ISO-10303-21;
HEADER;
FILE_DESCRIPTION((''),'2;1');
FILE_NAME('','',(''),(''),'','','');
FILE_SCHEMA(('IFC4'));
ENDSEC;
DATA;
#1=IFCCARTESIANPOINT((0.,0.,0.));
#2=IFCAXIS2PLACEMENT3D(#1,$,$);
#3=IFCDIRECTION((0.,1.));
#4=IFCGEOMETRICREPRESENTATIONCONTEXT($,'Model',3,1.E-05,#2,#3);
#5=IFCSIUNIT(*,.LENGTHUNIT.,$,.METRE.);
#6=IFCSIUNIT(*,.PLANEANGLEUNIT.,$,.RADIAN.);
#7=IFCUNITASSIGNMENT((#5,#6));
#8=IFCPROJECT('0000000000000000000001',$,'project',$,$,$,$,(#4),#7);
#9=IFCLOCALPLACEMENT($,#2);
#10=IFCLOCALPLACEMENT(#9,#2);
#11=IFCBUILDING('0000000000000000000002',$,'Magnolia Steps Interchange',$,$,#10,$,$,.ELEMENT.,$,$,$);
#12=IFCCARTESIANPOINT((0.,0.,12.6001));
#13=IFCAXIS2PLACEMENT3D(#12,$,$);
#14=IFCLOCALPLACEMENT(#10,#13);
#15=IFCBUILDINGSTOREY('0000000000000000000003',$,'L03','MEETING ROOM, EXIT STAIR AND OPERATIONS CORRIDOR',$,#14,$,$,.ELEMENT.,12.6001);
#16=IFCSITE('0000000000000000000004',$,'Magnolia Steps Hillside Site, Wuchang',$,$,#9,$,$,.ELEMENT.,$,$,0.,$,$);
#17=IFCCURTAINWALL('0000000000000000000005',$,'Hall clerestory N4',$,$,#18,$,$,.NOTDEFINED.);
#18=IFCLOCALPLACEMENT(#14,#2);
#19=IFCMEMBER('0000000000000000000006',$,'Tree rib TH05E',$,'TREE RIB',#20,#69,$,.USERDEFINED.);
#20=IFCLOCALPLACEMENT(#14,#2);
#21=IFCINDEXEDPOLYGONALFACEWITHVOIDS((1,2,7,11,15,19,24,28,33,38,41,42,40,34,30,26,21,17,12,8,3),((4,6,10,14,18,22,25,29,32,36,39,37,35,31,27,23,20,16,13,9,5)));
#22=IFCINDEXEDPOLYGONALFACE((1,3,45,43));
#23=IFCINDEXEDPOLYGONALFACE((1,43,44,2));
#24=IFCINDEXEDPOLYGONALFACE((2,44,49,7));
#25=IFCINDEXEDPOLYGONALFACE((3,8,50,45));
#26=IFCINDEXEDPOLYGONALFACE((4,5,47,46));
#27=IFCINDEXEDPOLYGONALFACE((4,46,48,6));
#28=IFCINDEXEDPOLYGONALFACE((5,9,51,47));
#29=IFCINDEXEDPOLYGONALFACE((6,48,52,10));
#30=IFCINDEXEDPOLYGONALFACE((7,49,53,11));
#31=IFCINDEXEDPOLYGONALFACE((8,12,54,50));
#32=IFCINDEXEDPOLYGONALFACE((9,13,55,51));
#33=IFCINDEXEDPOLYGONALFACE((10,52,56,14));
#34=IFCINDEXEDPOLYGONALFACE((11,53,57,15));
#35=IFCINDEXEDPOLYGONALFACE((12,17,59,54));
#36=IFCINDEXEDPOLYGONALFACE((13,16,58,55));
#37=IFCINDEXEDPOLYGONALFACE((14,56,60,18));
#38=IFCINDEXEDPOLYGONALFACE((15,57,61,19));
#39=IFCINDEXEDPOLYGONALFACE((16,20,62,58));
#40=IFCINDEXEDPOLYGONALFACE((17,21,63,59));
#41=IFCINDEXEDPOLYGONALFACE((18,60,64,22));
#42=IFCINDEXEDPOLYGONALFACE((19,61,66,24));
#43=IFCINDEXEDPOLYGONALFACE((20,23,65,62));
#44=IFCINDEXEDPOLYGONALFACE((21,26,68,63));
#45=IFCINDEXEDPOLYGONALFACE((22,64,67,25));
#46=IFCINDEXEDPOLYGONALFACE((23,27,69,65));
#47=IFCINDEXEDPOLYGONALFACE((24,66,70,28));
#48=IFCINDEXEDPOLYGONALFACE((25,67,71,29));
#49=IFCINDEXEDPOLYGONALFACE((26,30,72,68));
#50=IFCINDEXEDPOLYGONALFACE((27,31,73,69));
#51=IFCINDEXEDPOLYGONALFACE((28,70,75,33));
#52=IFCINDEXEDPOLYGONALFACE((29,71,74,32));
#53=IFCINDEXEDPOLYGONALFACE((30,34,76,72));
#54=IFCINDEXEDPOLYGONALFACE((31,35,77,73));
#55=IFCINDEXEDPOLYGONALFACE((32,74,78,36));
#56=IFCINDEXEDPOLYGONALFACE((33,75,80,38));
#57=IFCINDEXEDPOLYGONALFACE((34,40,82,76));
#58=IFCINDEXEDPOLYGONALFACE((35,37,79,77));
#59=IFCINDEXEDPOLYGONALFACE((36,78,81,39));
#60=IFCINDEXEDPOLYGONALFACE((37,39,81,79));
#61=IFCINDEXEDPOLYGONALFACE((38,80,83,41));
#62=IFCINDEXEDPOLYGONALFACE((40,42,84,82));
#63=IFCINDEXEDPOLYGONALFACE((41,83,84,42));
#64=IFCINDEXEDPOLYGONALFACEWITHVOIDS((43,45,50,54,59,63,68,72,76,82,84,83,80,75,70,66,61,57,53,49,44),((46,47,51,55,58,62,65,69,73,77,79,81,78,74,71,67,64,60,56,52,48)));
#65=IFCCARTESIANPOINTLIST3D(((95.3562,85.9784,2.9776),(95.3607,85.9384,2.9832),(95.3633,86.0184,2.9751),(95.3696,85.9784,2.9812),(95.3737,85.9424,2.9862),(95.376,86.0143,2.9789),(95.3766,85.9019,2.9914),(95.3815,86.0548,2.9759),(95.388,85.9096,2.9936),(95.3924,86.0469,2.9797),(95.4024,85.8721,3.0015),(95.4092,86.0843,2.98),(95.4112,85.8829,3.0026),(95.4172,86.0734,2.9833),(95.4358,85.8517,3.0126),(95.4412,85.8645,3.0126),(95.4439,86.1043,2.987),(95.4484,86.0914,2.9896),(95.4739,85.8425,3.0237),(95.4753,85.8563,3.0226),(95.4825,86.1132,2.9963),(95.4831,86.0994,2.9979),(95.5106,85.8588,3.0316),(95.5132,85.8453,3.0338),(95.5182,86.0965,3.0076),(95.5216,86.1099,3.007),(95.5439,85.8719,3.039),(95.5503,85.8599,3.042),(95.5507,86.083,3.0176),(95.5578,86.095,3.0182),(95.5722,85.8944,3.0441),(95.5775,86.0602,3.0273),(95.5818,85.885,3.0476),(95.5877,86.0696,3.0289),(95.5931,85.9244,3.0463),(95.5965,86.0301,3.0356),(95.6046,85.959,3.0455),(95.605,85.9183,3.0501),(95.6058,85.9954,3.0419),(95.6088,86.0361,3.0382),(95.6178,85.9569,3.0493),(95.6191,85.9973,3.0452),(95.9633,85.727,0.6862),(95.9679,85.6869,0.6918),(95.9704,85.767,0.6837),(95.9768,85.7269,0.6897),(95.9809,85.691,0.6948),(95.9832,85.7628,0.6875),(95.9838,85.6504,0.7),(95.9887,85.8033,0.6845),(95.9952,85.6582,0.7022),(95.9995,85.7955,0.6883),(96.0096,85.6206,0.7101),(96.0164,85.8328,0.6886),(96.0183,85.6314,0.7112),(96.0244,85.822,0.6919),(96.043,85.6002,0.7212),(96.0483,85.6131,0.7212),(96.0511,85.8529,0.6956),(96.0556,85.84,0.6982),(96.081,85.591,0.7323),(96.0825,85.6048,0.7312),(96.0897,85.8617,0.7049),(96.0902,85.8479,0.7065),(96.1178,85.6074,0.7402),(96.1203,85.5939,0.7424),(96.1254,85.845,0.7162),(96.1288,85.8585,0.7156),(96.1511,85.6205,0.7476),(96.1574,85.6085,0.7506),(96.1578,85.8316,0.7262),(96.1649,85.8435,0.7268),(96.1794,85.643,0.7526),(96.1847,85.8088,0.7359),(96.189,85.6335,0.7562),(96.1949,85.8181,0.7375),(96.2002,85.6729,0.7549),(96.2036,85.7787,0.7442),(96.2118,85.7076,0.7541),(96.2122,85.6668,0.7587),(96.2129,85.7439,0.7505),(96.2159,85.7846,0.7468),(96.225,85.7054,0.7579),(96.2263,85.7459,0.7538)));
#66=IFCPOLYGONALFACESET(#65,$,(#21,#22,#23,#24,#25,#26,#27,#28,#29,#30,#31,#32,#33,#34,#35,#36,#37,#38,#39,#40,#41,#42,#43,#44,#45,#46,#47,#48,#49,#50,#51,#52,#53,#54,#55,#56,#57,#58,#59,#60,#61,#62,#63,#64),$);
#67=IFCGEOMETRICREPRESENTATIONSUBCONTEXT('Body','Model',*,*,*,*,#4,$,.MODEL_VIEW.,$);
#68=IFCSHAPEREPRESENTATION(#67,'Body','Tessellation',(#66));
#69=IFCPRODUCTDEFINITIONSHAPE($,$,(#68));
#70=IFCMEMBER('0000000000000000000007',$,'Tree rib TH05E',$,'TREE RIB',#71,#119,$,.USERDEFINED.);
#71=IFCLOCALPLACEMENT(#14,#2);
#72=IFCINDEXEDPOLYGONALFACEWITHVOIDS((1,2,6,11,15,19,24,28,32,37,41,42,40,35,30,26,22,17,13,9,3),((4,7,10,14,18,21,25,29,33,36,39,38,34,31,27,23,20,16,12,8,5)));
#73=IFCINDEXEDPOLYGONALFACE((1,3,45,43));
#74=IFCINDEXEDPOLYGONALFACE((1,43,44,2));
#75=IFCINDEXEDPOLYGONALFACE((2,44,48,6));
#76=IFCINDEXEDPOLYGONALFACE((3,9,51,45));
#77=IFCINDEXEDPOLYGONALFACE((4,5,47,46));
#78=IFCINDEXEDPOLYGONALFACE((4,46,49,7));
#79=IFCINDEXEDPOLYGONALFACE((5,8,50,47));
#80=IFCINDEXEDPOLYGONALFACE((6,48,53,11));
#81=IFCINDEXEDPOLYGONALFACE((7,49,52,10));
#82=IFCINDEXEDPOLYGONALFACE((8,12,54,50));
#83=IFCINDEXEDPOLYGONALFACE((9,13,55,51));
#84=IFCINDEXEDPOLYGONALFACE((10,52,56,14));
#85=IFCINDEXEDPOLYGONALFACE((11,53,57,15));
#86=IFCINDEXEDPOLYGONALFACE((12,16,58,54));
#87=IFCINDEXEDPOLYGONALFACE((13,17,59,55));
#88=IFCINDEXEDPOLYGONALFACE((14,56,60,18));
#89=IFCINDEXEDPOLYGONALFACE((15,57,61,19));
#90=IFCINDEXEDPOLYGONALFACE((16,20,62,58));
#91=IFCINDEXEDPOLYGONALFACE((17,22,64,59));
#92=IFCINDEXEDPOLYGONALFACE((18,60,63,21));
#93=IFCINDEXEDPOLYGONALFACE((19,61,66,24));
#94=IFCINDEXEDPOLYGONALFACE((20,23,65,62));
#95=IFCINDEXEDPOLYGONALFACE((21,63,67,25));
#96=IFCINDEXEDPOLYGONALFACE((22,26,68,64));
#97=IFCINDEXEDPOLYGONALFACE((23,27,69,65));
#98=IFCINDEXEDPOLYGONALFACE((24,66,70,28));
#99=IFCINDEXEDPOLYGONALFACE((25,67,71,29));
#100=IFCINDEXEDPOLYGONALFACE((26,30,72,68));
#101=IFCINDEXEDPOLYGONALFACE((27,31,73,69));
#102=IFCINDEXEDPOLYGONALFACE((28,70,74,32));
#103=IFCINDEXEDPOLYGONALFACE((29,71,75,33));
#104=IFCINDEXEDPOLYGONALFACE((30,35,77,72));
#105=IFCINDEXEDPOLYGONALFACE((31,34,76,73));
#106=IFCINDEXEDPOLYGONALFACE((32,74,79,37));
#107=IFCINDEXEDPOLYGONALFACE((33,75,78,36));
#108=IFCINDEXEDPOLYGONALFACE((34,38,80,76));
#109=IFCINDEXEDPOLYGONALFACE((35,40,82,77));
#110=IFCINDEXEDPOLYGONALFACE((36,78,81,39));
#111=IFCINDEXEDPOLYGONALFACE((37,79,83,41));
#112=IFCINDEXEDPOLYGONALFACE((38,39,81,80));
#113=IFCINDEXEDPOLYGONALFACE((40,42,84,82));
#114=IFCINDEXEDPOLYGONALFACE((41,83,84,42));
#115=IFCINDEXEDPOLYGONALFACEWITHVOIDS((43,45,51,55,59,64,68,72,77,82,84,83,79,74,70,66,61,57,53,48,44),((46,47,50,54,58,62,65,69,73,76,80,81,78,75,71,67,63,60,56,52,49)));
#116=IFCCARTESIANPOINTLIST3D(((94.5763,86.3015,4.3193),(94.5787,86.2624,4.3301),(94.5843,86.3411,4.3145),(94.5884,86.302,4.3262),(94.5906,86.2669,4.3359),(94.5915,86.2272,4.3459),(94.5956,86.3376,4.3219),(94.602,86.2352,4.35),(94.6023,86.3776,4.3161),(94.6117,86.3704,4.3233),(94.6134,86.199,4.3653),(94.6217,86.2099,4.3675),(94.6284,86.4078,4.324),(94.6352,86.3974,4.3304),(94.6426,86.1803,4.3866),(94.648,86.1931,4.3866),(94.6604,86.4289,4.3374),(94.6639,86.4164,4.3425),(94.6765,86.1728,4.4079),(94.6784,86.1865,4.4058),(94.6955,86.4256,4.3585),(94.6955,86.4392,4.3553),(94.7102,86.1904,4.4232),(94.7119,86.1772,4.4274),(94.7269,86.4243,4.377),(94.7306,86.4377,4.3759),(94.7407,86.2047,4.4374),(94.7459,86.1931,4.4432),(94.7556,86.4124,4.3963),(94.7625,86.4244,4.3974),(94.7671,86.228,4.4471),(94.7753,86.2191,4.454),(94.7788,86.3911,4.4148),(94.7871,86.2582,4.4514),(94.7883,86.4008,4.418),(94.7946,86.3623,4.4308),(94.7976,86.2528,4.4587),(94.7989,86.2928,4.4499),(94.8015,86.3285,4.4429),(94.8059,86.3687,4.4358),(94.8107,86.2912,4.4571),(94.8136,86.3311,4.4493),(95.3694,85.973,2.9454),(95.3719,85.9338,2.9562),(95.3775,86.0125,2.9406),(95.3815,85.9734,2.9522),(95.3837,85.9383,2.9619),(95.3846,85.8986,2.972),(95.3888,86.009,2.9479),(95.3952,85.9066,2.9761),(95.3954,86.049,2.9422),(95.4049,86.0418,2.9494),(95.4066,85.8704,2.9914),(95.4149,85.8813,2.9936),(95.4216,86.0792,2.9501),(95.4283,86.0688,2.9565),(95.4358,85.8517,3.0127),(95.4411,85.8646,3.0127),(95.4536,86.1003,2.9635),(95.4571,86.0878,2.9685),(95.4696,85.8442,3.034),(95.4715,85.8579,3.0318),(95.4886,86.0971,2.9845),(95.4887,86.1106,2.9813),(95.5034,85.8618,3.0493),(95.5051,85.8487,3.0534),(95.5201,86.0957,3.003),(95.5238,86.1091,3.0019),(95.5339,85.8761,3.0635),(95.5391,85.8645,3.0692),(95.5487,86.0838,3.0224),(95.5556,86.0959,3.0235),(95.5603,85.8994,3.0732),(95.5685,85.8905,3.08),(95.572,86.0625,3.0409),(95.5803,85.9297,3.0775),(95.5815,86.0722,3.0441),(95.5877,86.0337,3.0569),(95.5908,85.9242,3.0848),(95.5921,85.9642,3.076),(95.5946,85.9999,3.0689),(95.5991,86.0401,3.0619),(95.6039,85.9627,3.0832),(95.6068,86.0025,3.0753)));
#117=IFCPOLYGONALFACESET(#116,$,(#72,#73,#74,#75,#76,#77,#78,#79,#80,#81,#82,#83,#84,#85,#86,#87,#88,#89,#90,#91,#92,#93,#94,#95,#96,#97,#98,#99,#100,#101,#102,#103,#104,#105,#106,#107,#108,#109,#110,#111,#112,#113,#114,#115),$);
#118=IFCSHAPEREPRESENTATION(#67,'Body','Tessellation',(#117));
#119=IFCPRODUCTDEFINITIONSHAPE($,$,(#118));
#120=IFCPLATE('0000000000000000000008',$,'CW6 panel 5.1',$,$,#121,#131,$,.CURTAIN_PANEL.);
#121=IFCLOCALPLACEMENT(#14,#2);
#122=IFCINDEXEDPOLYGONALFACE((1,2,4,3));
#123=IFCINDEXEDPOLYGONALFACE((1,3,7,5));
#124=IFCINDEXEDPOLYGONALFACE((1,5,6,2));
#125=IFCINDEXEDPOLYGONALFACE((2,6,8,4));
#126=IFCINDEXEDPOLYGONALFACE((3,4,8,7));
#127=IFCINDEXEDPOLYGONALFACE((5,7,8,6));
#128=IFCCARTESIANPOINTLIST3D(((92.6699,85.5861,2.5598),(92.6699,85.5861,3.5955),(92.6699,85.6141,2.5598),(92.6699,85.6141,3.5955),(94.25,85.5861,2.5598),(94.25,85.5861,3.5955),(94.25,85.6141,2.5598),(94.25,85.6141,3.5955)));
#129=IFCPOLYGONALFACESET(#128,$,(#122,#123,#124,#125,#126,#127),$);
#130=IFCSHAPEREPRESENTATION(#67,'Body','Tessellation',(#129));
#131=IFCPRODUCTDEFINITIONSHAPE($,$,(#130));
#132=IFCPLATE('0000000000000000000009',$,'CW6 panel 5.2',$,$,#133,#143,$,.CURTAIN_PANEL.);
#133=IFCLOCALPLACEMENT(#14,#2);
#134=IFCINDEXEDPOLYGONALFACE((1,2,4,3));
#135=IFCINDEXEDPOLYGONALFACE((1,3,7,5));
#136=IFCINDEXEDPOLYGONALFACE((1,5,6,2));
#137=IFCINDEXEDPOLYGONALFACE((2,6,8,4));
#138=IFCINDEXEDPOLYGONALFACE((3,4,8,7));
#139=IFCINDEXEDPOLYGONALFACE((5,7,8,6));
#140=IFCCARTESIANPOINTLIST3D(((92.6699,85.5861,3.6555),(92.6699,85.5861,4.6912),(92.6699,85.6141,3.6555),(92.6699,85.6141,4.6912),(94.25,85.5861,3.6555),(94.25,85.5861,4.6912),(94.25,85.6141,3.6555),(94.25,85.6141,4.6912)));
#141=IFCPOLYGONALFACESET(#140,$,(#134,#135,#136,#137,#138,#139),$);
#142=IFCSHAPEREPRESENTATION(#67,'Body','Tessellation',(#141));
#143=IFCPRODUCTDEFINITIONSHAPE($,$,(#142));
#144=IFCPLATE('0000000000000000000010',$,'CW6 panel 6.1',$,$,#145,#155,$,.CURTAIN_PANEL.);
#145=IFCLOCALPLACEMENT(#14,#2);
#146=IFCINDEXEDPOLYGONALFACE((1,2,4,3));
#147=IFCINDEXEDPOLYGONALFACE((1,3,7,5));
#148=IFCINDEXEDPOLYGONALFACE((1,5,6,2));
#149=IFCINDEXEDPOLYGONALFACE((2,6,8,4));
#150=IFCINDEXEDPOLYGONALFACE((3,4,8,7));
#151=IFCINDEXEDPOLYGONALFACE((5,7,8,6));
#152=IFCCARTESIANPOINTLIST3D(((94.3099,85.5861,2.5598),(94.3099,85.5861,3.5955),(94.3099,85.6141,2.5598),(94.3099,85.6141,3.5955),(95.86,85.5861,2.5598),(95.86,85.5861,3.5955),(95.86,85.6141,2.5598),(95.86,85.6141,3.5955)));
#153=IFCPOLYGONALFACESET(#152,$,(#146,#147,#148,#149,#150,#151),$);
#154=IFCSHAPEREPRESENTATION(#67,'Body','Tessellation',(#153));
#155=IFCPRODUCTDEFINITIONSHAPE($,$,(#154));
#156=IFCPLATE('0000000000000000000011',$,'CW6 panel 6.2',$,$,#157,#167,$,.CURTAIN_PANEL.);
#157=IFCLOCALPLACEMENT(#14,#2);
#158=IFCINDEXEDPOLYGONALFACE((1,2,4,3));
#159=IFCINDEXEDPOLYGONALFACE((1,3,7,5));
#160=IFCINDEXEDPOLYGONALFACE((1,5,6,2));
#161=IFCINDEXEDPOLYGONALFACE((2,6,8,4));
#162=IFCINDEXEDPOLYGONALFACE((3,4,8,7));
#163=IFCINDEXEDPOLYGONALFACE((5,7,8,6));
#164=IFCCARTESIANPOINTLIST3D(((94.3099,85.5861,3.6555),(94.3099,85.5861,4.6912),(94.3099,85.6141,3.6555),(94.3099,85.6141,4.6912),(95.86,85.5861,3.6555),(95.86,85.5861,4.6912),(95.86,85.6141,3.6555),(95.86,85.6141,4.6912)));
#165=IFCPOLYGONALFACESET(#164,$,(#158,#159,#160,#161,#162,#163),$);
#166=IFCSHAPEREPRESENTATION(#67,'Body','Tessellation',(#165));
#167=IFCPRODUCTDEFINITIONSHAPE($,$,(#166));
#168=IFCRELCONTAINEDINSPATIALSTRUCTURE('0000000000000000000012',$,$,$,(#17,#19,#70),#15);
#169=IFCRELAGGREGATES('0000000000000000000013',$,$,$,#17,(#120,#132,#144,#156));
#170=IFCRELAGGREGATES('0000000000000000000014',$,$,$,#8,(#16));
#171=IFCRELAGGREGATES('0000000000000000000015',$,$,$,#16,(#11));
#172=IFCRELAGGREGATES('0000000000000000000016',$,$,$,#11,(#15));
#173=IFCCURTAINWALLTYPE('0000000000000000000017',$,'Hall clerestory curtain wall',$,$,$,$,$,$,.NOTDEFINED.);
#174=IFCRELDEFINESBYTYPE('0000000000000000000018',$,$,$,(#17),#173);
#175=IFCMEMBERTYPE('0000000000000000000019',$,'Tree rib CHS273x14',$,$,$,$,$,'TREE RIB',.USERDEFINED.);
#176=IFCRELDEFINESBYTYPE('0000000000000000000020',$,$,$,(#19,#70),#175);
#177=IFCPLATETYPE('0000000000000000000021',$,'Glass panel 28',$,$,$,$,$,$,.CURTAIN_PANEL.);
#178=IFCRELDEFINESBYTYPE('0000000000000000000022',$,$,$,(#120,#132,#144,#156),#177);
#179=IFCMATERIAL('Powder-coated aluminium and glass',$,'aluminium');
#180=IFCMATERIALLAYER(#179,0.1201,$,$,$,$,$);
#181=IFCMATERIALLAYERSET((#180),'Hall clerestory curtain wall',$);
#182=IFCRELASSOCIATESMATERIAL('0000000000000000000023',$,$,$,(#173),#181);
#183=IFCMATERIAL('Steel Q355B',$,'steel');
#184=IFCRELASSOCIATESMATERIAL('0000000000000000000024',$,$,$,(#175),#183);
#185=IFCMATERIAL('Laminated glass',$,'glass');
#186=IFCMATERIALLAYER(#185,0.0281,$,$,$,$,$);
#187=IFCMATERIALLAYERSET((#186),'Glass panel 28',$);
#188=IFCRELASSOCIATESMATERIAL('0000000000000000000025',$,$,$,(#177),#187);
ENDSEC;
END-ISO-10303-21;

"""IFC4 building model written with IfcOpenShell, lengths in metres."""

from ifc_helpers import new_model, si_unit, direction, frame, origin, origin_2d, place, context, subcontext, project, spatial, rectangle, hollow_circle, extrude, material, layer, layer_set, material_profile, profile_set, type_object, element, aggregate, save


model = new_model("IFC4")

# Units and contexts
model_context = context("Model", 3, precision=1e-05, world=origin(), true_north=direction((0.0, 1.0)))
body_context = subcontext(model_context, "Body", "Model", "MODEL_VIEW")
ifc_project = project(units=[si_unit("LENGTHUNIT", "METRE"), si_unit("PLANEANGLEUNIT", "RADIAN")], contexts=[model_context])

# Site, building, storey
site_placement = place(None, origin())
site = spatial("IfcSite", under=ifc_project, at=site_placement, Name="Magnolia Steps Hillside Site, Wuchang", CompositionType="ELEMENT", RefElevation=0.0)
building_placement = place(site_placement, origin())
building = spatial("IfcBuilding", under=site, at=building_placement, Name="Magnolia Steps Interchange", CompositionType="ELEMENT")
storey_placement = place(building_placement, frame((0.0, 0.0, 12.6001)))
storey = spatial("IfcBuildingStorey", under=building, at=storey_placement, Name="L03", Description="MEETING ROOM, EXIT STAIR AND OPERATIONS CORRIDOR", CompositionType="ELEMENT", Elevation=12.6001)

# Curtain wall
ifc_material_1 = material(Name="Powder-coated aluminium and glass", Category="aluminium")
ifc_layer_1 = layer(ifc_material_1, 0.1201)
ifc_layer_set_1 = layer_set([ifc_layer_1], Name="Hall clerestory curtain wall")
curtain_wall_type = type_object("IfcCurtainWallType", Name="Hall clerestory curtain wall", PredefinedType="NOTDEFINED", material=ifc_layer_set_1)
curtain_wall_1_placement = place(storey_placement, origin())
curtain_wall_1 = element("IfcCurtainWall", 1, at=curtain_wall_1_placement, inside=storey, type_object=curtain_wall_type, Name="Hall clerestory N4", PredefinedType="NOTDEFINED")

# Members
ifc_material_2 = material(Name="Steel Q355B", Category="steel")
ifc_material_profile_1 = material_profile(ifc_material_2, hollow_circle(Radius=0.1365, WallThickness=0.0139, at=origin_2d()), Name="CHS273x14")
ifc_profile_set_1 = profile_set([ifc_material_profile_1], Name="Steel Q355B")
member_type_1 = type_object("IfcMemberType", Name="Tree rib CHS273x14", ElementType="TREE RIB", PredefinedType="USERDEFINED", material=ifc_profile_set_1)
member_1_placement = place(storey_placement, frame((96.0952, 85.7263, 0.7212), z_axis=(-0.254701, 0.105485, 0.961249), x_axis=(-0.382636, -0.923899, 0.0)))
element("IfcMember", 2, at=member_1_placement, inside=storey, type_object=member_type_1, Name="Tree rib TH05E", ObjectType="TREE RIB", PredefinedType="USERDEFINED", context=body_context, shape_type="SweptSolid", body=[
    extrude(hollow_circle(Radius=0.1365, WallThickness=0.0139, at=origin_2d()), origin(), (0.0, 0.0, 1.0), 2.3838),
])
member_2_placement = place(storey_placement, frame((95.488, 85.9778, 3.0127), z_axis=(-0.489571, 0.20282, 0.848047), x_axis=(-0.382737, -0.923857, 0.0)))
element("IfcMember", 3, at=member_2_placement, inside=storey, type_object=member_type_1, Name="Tree rib TH05E", ObjectType="TREE RIB", PredefinedType="USERDEFINED", context=body_context, shape_type="SweptSolid", body=[
    extrude(hollow_circle(Radius=0.1365, WallThickness=0.0139, at=origin_2d()), origin(), (0.0, 0.0, 1.0), 1.6201),
])

# Plates
ifc_material_3 = material(Name="Laminated glass", Category="glass")
ifc_layer_2 = layer(ifc_material_3, 0.0281)
ifc_layer_set_2 = layer_set([ifc_layer_2], Name="Glass panel 28")
plate_type_1 = type_object("IfcPlateType", Name="Glass panel 28", PredefinedType="CURTAIN_PANEL", material=ifc_layer_set_2)
plate_1_placement = place(storey_placement, frame((93.46, 85.6001, 2.5598), z_axis=(0.0, 0.0, 1.0), x_axis=(1.0, 0.0, 0.0)))
plate_1 = element("IfcPlate", 4, at=plate_1_placement, type_object=plate_type_1, Name="CW6 panel 5.1", PredefinedType="CURTAIN_PANEL", context=body_context, shape_type="SweptSolid", body=[
    extrude(rectangle(XDim=1.5801, YDim=0.0281, at=origin_2d()), origin(), (0.0, 0.0, 1.0), 1.0356),
])
plate_2_placement = place(storey_placement, frame((93.46, 85.6001, 3.6555), z_axis=(0.0, 0.0, 1.0), x_axis=(1.0, 0.0, 0.0)))
plate_2 = element("IfcPlate", 5, at=plate_2_placement, type_object=plate_type_1, Name="CW6 panel 5.2", PredefinedType="CURTAIN_PANEL", context=body_context, shape_type="SweptSolid", body=[
    extrude(rectangle(XDim=1.5801, YDim=0.0281, at=origin_2d()), origin(), (0.0, 0.0, 1.0), 1.0356),
])
plate_3_placement = place(storey_placement, frame((95.085, 85.6001, 2.5598), z_axis=(0.0, 0.0, 1.0), x_axis=(1.0, 0.0, 0.0)))
plate_3 = element("IfcPlate", 6, at=plate_3_placement, type_object=plate_type_1, Name="CW6 panel 6.1", PredefinedType="CURTAIN_PANEL", context=body_context, shape_type="SweptSolid", body=[
    extrude(rectangle(XDim=1.55, YDim=0.0281, at=origin_2d()), origin(), (0.0, 0.0, 1.0), 1.0356),
])
plate_4_placement = place(storey_placement, frame((95.085, 85.6001, 3.6555), z_axis=(0.0, 0.0, 1.0), x_axis=(1.0, 0.0, 0.0)))
plate_4 = element("IfcPlate", 7, at=plate_4_placement, type_object=plate_type_1, Name="CW6 panel 6.2", PredefinedType="CURTAIN_PANEL", context=body_context, shape_type="SweptSolid", body=[
    extrude(rectangle(XDim=1.55, YDim=0.0281, at=origin_2d()), origin(), (0.0, 0.0, 1.0), 1.0356),
])
aggregate(curtain_wall_1, [plate_1, plate_2, plate_3, plate_4])

save(model, "model.ifc")
